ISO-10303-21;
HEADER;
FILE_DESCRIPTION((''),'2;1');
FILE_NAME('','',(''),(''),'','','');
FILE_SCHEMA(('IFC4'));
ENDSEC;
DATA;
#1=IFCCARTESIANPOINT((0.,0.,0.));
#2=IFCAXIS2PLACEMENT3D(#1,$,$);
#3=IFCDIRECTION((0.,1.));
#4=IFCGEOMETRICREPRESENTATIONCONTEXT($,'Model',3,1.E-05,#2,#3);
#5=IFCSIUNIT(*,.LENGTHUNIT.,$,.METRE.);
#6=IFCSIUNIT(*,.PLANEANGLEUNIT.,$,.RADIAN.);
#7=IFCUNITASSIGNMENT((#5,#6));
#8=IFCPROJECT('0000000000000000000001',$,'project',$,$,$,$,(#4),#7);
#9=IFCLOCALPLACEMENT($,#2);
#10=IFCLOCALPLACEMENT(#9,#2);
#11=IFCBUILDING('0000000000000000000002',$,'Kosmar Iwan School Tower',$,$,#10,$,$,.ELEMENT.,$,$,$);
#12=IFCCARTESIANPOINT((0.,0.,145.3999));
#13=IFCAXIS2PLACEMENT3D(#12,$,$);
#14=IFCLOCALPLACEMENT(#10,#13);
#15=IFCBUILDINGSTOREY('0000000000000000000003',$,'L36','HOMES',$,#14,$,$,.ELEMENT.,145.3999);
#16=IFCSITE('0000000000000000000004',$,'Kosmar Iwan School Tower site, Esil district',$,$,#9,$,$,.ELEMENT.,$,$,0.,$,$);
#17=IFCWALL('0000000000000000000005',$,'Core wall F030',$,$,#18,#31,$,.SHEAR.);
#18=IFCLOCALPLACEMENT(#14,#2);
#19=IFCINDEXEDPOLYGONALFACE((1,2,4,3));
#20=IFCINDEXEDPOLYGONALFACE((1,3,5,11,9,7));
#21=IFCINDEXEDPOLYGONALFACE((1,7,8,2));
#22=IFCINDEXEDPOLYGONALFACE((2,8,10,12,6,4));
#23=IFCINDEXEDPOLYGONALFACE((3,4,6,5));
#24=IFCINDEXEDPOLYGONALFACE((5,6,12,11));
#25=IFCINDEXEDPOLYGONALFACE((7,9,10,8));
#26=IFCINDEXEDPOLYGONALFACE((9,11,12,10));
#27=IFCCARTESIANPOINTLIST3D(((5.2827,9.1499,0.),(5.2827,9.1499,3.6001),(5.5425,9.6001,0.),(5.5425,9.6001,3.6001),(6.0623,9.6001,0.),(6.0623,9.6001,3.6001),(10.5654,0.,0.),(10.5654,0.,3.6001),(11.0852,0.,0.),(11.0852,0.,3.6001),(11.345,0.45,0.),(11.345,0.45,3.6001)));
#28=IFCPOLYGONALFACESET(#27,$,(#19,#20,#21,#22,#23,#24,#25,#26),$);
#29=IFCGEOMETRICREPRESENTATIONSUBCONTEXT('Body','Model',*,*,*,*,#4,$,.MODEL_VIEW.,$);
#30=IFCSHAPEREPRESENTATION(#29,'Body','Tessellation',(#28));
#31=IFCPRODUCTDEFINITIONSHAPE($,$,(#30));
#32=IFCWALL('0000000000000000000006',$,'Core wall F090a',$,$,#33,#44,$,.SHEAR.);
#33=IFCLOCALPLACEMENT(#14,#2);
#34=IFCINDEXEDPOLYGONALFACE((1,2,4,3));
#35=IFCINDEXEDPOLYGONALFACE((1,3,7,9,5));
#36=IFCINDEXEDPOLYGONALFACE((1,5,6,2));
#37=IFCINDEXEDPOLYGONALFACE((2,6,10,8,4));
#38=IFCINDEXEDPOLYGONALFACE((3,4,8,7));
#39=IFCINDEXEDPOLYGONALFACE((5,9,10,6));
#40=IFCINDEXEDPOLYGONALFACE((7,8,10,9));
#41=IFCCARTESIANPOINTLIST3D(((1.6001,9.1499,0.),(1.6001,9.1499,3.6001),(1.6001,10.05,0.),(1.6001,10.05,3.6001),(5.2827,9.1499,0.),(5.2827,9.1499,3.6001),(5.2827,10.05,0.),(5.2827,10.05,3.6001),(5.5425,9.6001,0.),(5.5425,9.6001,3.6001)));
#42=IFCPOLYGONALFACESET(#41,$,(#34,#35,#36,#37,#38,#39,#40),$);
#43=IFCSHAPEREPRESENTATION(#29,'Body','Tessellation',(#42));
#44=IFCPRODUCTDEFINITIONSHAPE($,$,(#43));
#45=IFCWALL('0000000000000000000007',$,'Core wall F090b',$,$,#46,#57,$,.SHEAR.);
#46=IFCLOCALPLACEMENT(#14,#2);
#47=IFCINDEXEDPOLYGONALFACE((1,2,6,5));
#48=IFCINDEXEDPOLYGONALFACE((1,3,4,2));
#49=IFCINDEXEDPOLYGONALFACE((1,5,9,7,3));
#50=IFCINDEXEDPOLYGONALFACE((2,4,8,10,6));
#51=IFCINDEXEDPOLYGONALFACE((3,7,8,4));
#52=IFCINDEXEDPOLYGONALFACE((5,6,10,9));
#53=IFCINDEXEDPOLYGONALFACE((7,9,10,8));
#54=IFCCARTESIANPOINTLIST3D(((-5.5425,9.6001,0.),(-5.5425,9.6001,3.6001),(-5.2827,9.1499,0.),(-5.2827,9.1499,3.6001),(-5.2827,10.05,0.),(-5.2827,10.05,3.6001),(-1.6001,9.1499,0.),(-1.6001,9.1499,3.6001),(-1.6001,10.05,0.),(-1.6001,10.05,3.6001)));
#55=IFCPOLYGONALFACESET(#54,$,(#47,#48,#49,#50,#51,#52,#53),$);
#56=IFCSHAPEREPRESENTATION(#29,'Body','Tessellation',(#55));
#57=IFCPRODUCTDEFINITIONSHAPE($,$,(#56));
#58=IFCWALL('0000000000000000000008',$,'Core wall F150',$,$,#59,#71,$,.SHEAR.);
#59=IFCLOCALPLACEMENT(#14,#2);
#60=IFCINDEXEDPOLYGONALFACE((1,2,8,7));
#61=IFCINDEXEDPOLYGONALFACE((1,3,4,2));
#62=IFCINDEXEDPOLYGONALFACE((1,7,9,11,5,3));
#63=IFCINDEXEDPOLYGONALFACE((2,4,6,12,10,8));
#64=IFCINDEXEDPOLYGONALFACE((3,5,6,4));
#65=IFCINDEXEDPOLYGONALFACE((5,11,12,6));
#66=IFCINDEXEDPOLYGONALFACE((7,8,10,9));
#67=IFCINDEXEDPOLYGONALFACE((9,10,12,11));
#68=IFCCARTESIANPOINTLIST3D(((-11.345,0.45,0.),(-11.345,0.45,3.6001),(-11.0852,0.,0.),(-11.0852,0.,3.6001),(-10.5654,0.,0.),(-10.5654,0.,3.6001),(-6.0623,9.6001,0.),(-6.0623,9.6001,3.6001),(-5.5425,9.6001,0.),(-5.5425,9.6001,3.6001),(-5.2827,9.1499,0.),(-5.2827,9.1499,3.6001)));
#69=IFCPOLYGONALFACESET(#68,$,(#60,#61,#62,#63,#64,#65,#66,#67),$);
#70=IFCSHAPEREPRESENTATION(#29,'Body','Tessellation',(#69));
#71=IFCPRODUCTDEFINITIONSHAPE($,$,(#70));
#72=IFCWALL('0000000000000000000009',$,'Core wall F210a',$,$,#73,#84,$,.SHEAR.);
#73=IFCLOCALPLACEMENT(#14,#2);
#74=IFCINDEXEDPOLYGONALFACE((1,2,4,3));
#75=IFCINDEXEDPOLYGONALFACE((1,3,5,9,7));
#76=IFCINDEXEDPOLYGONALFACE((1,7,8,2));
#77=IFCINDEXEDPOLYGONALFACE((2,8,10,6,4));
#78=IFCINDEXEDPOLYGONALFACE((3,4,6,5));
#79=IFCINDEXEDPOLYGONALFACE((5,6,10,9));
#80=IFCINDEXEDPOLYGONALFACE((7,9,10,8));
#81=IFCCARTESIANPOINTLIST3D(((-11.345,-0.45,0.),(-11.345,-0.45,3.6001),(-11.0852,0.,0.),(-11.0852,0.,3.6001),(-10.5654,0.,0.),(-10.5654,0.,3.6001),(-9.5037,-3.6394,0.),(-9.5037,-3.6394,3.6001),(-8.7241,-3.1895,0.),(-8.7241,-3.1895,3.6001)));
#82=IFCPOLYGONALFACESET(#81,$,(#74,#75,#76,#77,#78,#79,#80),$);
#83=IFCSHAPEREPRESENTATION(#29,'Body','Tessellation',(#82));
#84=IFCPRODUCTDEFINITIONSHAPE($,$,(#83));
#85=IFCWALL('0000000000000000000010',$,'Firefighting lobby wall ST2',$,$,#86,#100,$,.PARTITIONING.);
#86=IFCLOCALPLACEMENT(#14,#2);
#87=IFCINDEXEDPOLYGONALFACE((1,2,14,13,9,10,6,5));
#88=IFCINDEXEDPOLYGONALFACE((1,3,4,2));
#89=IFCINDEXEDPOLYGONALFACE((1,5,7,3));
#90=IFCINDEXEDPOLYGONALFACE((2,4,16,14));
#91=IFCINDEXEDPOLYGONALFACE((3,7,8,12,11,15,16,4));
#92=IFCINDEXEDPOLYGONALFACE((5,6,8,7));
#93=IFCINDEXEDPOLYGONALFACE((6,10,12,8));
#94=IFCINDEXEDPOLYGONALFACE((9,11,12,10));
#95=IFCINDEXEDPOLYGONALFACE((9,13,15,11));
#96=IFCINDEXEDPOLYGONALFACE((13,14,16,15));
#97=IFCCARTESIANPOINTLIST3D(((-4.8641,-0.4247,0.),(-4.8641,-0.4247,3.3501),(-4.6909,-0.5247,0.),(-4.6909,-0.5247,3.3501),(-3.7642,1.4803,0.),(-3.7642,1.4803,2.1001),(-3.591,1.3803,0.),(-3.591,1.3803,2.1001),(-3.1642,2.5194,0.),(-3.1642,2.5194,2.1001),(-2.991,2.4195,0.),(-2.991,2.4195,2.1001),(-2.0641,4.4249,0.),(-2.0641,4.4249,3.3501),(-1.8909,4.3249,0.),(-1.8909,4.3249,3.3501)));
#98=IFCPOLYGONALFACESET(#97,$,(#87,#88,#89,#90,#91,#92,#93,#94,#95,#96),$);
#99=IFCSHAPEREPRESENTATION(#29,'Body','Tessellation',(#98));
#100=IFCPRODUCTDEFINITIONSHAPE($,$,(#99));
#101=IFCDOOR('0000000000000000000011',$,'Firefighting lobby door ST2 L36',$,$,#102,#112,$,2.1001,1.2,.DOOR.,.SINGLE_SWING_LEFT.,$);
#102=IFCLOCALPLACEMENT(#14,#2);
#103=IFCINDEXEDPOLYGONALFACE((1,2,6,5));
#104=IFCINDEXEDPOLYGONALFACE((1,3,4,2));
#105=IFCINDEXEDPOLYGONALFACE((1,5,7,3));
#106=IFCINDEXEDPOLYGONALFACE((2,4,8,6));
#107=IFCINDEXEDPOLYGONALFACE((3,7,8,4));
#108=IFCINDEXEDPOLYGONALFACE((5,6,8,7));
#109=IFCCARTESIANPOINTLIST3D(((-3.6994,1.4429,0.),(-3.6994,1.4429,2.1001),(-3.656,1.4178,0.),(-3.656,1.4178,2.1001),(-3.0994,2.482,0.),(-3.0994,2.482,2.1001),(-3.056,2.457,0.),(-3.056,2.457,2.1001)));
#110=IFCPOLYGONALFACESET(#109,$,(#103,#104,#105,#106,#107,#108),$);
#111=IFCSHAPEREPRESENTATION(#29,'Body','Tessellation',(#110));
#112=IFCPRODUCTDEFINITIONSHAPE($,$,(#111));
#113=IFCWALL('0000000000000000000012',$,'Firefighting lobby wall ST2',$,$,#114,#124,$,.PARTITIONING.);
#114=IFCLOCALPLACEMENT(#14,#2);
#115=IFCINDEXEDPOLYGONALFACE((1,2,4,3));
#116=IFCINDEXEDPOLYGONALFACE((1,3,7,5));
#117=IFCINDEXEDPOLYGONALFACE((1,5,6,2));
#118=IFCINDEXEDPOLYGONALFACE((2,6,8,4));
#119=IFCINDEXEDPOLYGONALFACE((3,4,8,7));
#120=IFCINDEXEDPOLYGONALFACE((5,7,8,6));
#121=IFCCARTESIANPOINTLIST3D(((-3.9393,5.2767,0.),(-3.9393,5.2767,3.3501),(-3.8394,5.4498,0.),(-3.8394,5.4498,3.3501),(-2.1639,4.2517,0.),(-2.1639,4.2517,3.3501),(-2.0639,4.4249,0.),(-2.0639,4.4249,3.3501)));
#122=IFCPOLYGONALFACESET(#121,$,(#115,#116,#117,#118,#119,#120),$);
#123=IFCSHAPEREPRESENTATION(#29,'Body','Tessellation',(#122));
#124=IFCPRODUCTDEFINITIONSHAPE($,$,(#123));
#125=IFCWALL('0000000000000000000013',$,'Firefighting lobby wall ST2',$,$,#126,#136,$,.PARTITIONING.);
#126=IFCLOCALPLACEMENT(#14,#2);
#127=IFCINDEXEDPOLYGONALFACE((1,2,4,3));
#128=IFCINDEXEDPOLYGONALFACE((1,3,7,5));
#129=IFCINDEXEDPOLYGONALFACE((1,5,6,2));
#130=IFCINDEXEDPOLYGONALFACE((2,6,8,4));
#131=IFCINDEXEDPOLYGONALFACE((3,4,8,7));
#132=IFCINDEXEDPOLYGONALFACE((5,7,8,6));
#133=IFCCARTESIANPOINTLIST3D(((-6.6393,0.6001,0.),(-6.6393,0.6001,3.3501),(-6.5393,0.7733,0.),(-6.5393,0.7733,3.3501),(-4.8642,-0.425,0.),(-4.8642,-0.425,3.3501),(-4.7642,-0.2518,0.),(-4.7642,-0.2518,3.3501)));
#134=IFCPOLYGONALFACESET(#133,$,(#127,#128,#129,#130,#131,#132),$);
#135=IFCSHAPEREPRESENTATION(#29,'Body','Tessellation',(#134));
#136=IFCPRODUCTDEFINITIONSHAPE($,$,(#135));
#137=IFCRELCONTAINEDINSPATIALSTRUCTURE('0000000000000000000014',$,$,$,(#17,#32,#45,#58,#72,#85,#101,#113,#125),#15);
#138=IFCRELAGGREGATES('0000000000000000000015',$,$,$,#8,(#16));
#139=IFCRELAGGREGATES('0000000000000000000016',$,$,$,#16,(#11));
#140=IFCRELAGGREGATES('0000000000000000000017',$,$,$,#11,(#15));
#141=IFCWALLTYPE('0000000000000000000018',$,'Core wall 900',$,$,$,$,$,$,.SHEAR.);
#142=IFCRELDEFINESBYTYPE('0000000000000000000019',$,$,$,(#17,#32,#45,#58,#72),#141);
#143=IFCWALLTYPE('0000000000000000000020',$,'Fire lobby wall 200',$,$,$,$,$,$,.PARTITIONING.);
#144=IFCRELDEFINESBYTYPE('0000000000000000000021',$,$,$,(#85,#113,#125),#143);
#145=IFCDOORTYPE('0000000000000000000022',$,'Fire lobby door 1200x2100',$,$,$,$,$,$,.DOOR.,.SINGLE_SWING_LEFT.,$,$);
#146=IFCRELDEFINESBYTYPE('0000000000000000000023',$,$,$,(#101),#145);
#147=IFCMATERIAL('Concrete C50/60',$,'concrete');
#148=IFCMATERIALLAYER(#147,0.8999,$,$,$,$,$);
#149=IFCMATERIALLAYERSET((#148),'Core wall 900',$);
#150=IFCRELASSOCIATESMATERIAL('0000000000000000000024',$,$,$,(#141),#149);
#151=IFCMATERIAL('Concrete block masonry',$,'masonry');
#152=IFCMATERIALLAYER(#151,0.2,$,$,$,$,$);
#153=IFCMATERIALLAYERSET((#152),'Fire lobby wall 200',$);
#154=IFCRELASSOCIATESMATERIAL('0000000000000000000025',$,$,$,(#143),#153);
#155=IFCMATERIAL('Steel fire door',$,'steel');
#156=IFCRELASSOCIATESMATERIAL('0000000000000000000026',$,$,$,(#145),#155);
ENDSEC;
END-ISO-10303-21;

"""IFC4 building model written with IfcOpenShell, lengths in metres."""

from ifc_helpers import new_model, si_unit, direction, frame, frame_2d, origin, place, context, subcontext, project, spatial, polyline, rectangle, outline, extrude, material, layer, layer_set, type_object, element, fill, save


model = new_model("IFC4")

# Units and contexts
model_context = context("Model", 3, precision=1e-05, world=origin(), true_north=direction((0.0, 1.0)))
body_context = subcontext(model_context, "Body", "Model", "MODEL_VIEW")
ifc_project = project(units=[si_unit("LENGTHUNIT", "METRE"), si_unit("PLANEANGLEUNIT", "RADIAN")], contexts=[model_context])

# Site, building, storey
site_placement = place(None, origin())
site = spatial("IfcSite", under=ifc_project, at=site_placement, Name="Kosmar Iwan School Tower site, Esil district", CompositionType="ELEMENT", RefElevation=0.0)
building_placement = place(site_placement, origin())
building = spatial("IfcBuilding", under=site, at=building_placement, Name="Kosmar Iwan School Tower", CompositionType="ELEMENT")
storey_placement = place(building_placement, frame((0.0, 0.0, 145.3999)))
storey = spatial("IfcBuildingStorey", under=building, at=storey_placement, Name="L36", Description="HOMES", CompositionType="ELEMENT", Elevation=145.3999)

# Walls
ifc_material_1 = material(Name="Concrete C50/60", Category="concrete")
ifc_layer_1 = layer(ifc_material_1, 0.8999)
ifc_layer_set_1 = layer_set([ifc_layer_1], Name="Core wall 900")
wall_type_1 = type_object("IfcWallType", Name="Core wall 900", PredefinedType="SHEAR", material=ifc_layer_set_1)
wall_1_placement = place(storey_placement, origin())
element("IfcWall", 1, at=wall_1_placement, inside=storey, type_object=wall_type_1, Name="Core wall F030", PredefinedType="SHEAR", context=body_context, shape_type="SweptSolid", body=[
    extrude(outline(polyline([(10.5654, 0.0), (11.0852, 0.0), (11.345, 0.45), (6.0623, 9.6001), (5.5425, 9.6001), (5.2827, 9.1499), (10.5654, 0.0)])), origin(), (0.0, 0.0, 1.0), 3.6001),
])
wall_2_placement = place(storey_placement, origin())
element("IfcWall", 2, at=wall_2_placement, inside=storey, type_object=wall_type_1, Name="Core wall F090a", PredefinedType="SHEAR", context=body_context, shape_type="SweptSolid", body=[
    extrude(outline(polyline([(1.6001, 9.1499), (5.2827, 9.1499), (5.5425, 9.6001), (5.2827, 10.05), (1.6001, 10.05), (1.6001, 9.1499)])), origin(), (0.0, 0.0, 1.0), 3.6001),
])
wall_3_placement = place(storey_placement, origin())
element("IfcWall", 3, at=wall_3_placement, inside=storey, type_object=wall_type_1, Name="Core wall F090b", PredefinedType="SHEAR", context=body_context, shape_type="SweptSolid", body=[
    extrude(outline(polyline([(-5.2827, 9.1499), (-1.6001, 9.1499), (-1.6001, 10.05), (-5.2827, 10.05), (-5.5425, 9.6001), (-5.2827, 9.1499)])), origin(), (0.0, 0.0, 1.0), 3.6001),
])
wall_4_placement = place(storey_placement, origin())
element("IfcWall", 4, at=wall_4_placement, inside=storey, type_object=wall_type_1, Name="Core wall F150", PredefinedType="SHEAR", context=body_context, shape_type="SweptSolid", body=[
    extrude(outline(polyline([(-11.0852, 0.0), (-10.5654, 0.0), (-5.2827, 9.1499), (-5.5425, 9.6001), (-6.0623, 9.6001), (-11.345, 0.45), (-11.0852, 0.0)])), origin(), (0.0, 0.0, 1.0), 3.6001),
])
wall_5_placement = place(storey_placement, origin())
element("IfcWall", 5, at=wall_5_placement, inside=storey, type_object=wall_type_1, Name="Core wall F210a", PredefinedType="SHEAR", context=body_context, shape_type="SweptSolid", body=[
    extrude(outline(polyline([(-9.5037, -3.6394), (-8.7241, -3.1895), (-10.5654, 0.0), (-11.0852, 0.0), (-11.345, -0.45), (-9.5037, -3.6394)])), origin(), (0.0, 0.0, 1.0), 3.6001),
])

# Wall, opening, door
ifc_material_2 = material(Name="Concrete block masonry", Category="masonry")
ifc_layer_2 = layer(ifc_material_2, 0.2)
ifc_layer_set_2 = layer_set([ifc_layer_2], Name="Fire lobby wall 200")
wall_type_2 = type_object("IfcWallType", Name="Fire lobby wall 200", PredefinedType="PARTITIONING", material=ifc_layer_set_2)
wall_6_placement = place(storey_placement, frame((-1.9775, 4.3748, 0.0), z_axis=(0.0, 0.0, 1.0), x_axis=(-0.500017, -0.866016, 0.0)))
wall_6 = element("IfcWall", 6, at=wall_6_placement, inside=storey, type_object=wall_type_2, Name="Firefighting lobby wall ST2", PredefinedType="PARTITIONING", context=body_context, shape_type="SweptSolid", body=[
    extrude(rectangle(XDim=5.5999, YDim=0.2, at=frame_2d((2.7998, 0.0))), origin(), (0.0, 0.0, 1.0), 3.3501),
])
opening_1_placement = place(wall_6_placement, frame((2.2, 0.0, 0.0)))
opening_1 = element("IfcOpeningElement", 7, at=opening_1_placement, cuts=wall_6, PredefinedType="OPENING", context=body_context, shape_type="SweptSolid", body=[
    extrude(rectangle(XDim=1.2, YDim=2.1001, at=frame_2d((0.6001, 1.05))), frame((0.0, 0.1121, 0.0), z_axis=(0.0, -1.0, 0.0), x_axis=(1.0, 0.0, 0.0)), (0.0, 0.0, 1.0), 0.2239),
])
ifc_material_3 = material(Name="Steel fire door", Category="steel")
door_type_1 = type_object("IfcDoorType", Name="Fire lobby door 1200x2100", OperationType="SINGLE_SWING_LEFT", PredefinedType="DOOR", material=ifc_material_3)
door_1_placement = place(opening_1_placement, origin())
door_1 = element("IfcDoor", 8, at=door_1_placement, inside=storey, type_object=door_type_1, Name="Firefighting lobby door ST2 L36", OperationType="SINGLE_SWING_LEFT", OverallHeight=2.1001, OverallWidth=1.2, PredefinedType="DOOR", context=body_context, shape_type="SweptSolid", body=[
    extrude(rectangle(XDim=1.2, YDim=2.1001, at=frame_2d((0.6001, 1.05))), frame((0.0, 0.0249, 0.0), z_axis=(0.0, -1.0, 0.0), x_axis=(1.0, 0.0, 0.0)), (0.0, 0.0, 1.0), 0.05),
])
fill(opening_1, door_1)

# Walls
wall_7_placement = place(storey_placement, frame((-2.114, 4.3384, 0.0), z_axis=(0.0, 0.0, 1.0), x_axis=(-0.866051, 0.499956, 0.0)))
element("IfcWall", 9, at=wall_7_placement, inside=storey, type_object=wall_type_2, Name="Firefighting lobby wall ST2", PredefinedType="PARTITIONING", context=body_context, shape_type="SweptSolid", body=[
    extrude(rectangle(XDim=2.05, YDim=0.2, at=frame_2d((1.0249, 0.0))), origin(), (0.0, 0.0, 1.0), 3.3501),
])
wall_8_placement = place(storey_placement, frame((-4.8142, -0.3384, 0.0), z_axis=(0.0, 0.0, 1.0), x_axis=(-0.865969, 0.500097, 0.0)))
element("IfcWall", 10, at=wall_8_placement, inside=storey, type_object=wall_type_2, Name="Firefighting lobby wall ST2", PredefinedType="PARTITIONING", context=body_context, shape_type="SweptSolid", body=[
    extrude(rectangle(XDim=2.0498, YDim=0.2, at=frame_2d((1.0249, 0.0))), origin(), (0.0, 0.0, 1.0), 3.3501),
])

save(model, "model.ifc")
